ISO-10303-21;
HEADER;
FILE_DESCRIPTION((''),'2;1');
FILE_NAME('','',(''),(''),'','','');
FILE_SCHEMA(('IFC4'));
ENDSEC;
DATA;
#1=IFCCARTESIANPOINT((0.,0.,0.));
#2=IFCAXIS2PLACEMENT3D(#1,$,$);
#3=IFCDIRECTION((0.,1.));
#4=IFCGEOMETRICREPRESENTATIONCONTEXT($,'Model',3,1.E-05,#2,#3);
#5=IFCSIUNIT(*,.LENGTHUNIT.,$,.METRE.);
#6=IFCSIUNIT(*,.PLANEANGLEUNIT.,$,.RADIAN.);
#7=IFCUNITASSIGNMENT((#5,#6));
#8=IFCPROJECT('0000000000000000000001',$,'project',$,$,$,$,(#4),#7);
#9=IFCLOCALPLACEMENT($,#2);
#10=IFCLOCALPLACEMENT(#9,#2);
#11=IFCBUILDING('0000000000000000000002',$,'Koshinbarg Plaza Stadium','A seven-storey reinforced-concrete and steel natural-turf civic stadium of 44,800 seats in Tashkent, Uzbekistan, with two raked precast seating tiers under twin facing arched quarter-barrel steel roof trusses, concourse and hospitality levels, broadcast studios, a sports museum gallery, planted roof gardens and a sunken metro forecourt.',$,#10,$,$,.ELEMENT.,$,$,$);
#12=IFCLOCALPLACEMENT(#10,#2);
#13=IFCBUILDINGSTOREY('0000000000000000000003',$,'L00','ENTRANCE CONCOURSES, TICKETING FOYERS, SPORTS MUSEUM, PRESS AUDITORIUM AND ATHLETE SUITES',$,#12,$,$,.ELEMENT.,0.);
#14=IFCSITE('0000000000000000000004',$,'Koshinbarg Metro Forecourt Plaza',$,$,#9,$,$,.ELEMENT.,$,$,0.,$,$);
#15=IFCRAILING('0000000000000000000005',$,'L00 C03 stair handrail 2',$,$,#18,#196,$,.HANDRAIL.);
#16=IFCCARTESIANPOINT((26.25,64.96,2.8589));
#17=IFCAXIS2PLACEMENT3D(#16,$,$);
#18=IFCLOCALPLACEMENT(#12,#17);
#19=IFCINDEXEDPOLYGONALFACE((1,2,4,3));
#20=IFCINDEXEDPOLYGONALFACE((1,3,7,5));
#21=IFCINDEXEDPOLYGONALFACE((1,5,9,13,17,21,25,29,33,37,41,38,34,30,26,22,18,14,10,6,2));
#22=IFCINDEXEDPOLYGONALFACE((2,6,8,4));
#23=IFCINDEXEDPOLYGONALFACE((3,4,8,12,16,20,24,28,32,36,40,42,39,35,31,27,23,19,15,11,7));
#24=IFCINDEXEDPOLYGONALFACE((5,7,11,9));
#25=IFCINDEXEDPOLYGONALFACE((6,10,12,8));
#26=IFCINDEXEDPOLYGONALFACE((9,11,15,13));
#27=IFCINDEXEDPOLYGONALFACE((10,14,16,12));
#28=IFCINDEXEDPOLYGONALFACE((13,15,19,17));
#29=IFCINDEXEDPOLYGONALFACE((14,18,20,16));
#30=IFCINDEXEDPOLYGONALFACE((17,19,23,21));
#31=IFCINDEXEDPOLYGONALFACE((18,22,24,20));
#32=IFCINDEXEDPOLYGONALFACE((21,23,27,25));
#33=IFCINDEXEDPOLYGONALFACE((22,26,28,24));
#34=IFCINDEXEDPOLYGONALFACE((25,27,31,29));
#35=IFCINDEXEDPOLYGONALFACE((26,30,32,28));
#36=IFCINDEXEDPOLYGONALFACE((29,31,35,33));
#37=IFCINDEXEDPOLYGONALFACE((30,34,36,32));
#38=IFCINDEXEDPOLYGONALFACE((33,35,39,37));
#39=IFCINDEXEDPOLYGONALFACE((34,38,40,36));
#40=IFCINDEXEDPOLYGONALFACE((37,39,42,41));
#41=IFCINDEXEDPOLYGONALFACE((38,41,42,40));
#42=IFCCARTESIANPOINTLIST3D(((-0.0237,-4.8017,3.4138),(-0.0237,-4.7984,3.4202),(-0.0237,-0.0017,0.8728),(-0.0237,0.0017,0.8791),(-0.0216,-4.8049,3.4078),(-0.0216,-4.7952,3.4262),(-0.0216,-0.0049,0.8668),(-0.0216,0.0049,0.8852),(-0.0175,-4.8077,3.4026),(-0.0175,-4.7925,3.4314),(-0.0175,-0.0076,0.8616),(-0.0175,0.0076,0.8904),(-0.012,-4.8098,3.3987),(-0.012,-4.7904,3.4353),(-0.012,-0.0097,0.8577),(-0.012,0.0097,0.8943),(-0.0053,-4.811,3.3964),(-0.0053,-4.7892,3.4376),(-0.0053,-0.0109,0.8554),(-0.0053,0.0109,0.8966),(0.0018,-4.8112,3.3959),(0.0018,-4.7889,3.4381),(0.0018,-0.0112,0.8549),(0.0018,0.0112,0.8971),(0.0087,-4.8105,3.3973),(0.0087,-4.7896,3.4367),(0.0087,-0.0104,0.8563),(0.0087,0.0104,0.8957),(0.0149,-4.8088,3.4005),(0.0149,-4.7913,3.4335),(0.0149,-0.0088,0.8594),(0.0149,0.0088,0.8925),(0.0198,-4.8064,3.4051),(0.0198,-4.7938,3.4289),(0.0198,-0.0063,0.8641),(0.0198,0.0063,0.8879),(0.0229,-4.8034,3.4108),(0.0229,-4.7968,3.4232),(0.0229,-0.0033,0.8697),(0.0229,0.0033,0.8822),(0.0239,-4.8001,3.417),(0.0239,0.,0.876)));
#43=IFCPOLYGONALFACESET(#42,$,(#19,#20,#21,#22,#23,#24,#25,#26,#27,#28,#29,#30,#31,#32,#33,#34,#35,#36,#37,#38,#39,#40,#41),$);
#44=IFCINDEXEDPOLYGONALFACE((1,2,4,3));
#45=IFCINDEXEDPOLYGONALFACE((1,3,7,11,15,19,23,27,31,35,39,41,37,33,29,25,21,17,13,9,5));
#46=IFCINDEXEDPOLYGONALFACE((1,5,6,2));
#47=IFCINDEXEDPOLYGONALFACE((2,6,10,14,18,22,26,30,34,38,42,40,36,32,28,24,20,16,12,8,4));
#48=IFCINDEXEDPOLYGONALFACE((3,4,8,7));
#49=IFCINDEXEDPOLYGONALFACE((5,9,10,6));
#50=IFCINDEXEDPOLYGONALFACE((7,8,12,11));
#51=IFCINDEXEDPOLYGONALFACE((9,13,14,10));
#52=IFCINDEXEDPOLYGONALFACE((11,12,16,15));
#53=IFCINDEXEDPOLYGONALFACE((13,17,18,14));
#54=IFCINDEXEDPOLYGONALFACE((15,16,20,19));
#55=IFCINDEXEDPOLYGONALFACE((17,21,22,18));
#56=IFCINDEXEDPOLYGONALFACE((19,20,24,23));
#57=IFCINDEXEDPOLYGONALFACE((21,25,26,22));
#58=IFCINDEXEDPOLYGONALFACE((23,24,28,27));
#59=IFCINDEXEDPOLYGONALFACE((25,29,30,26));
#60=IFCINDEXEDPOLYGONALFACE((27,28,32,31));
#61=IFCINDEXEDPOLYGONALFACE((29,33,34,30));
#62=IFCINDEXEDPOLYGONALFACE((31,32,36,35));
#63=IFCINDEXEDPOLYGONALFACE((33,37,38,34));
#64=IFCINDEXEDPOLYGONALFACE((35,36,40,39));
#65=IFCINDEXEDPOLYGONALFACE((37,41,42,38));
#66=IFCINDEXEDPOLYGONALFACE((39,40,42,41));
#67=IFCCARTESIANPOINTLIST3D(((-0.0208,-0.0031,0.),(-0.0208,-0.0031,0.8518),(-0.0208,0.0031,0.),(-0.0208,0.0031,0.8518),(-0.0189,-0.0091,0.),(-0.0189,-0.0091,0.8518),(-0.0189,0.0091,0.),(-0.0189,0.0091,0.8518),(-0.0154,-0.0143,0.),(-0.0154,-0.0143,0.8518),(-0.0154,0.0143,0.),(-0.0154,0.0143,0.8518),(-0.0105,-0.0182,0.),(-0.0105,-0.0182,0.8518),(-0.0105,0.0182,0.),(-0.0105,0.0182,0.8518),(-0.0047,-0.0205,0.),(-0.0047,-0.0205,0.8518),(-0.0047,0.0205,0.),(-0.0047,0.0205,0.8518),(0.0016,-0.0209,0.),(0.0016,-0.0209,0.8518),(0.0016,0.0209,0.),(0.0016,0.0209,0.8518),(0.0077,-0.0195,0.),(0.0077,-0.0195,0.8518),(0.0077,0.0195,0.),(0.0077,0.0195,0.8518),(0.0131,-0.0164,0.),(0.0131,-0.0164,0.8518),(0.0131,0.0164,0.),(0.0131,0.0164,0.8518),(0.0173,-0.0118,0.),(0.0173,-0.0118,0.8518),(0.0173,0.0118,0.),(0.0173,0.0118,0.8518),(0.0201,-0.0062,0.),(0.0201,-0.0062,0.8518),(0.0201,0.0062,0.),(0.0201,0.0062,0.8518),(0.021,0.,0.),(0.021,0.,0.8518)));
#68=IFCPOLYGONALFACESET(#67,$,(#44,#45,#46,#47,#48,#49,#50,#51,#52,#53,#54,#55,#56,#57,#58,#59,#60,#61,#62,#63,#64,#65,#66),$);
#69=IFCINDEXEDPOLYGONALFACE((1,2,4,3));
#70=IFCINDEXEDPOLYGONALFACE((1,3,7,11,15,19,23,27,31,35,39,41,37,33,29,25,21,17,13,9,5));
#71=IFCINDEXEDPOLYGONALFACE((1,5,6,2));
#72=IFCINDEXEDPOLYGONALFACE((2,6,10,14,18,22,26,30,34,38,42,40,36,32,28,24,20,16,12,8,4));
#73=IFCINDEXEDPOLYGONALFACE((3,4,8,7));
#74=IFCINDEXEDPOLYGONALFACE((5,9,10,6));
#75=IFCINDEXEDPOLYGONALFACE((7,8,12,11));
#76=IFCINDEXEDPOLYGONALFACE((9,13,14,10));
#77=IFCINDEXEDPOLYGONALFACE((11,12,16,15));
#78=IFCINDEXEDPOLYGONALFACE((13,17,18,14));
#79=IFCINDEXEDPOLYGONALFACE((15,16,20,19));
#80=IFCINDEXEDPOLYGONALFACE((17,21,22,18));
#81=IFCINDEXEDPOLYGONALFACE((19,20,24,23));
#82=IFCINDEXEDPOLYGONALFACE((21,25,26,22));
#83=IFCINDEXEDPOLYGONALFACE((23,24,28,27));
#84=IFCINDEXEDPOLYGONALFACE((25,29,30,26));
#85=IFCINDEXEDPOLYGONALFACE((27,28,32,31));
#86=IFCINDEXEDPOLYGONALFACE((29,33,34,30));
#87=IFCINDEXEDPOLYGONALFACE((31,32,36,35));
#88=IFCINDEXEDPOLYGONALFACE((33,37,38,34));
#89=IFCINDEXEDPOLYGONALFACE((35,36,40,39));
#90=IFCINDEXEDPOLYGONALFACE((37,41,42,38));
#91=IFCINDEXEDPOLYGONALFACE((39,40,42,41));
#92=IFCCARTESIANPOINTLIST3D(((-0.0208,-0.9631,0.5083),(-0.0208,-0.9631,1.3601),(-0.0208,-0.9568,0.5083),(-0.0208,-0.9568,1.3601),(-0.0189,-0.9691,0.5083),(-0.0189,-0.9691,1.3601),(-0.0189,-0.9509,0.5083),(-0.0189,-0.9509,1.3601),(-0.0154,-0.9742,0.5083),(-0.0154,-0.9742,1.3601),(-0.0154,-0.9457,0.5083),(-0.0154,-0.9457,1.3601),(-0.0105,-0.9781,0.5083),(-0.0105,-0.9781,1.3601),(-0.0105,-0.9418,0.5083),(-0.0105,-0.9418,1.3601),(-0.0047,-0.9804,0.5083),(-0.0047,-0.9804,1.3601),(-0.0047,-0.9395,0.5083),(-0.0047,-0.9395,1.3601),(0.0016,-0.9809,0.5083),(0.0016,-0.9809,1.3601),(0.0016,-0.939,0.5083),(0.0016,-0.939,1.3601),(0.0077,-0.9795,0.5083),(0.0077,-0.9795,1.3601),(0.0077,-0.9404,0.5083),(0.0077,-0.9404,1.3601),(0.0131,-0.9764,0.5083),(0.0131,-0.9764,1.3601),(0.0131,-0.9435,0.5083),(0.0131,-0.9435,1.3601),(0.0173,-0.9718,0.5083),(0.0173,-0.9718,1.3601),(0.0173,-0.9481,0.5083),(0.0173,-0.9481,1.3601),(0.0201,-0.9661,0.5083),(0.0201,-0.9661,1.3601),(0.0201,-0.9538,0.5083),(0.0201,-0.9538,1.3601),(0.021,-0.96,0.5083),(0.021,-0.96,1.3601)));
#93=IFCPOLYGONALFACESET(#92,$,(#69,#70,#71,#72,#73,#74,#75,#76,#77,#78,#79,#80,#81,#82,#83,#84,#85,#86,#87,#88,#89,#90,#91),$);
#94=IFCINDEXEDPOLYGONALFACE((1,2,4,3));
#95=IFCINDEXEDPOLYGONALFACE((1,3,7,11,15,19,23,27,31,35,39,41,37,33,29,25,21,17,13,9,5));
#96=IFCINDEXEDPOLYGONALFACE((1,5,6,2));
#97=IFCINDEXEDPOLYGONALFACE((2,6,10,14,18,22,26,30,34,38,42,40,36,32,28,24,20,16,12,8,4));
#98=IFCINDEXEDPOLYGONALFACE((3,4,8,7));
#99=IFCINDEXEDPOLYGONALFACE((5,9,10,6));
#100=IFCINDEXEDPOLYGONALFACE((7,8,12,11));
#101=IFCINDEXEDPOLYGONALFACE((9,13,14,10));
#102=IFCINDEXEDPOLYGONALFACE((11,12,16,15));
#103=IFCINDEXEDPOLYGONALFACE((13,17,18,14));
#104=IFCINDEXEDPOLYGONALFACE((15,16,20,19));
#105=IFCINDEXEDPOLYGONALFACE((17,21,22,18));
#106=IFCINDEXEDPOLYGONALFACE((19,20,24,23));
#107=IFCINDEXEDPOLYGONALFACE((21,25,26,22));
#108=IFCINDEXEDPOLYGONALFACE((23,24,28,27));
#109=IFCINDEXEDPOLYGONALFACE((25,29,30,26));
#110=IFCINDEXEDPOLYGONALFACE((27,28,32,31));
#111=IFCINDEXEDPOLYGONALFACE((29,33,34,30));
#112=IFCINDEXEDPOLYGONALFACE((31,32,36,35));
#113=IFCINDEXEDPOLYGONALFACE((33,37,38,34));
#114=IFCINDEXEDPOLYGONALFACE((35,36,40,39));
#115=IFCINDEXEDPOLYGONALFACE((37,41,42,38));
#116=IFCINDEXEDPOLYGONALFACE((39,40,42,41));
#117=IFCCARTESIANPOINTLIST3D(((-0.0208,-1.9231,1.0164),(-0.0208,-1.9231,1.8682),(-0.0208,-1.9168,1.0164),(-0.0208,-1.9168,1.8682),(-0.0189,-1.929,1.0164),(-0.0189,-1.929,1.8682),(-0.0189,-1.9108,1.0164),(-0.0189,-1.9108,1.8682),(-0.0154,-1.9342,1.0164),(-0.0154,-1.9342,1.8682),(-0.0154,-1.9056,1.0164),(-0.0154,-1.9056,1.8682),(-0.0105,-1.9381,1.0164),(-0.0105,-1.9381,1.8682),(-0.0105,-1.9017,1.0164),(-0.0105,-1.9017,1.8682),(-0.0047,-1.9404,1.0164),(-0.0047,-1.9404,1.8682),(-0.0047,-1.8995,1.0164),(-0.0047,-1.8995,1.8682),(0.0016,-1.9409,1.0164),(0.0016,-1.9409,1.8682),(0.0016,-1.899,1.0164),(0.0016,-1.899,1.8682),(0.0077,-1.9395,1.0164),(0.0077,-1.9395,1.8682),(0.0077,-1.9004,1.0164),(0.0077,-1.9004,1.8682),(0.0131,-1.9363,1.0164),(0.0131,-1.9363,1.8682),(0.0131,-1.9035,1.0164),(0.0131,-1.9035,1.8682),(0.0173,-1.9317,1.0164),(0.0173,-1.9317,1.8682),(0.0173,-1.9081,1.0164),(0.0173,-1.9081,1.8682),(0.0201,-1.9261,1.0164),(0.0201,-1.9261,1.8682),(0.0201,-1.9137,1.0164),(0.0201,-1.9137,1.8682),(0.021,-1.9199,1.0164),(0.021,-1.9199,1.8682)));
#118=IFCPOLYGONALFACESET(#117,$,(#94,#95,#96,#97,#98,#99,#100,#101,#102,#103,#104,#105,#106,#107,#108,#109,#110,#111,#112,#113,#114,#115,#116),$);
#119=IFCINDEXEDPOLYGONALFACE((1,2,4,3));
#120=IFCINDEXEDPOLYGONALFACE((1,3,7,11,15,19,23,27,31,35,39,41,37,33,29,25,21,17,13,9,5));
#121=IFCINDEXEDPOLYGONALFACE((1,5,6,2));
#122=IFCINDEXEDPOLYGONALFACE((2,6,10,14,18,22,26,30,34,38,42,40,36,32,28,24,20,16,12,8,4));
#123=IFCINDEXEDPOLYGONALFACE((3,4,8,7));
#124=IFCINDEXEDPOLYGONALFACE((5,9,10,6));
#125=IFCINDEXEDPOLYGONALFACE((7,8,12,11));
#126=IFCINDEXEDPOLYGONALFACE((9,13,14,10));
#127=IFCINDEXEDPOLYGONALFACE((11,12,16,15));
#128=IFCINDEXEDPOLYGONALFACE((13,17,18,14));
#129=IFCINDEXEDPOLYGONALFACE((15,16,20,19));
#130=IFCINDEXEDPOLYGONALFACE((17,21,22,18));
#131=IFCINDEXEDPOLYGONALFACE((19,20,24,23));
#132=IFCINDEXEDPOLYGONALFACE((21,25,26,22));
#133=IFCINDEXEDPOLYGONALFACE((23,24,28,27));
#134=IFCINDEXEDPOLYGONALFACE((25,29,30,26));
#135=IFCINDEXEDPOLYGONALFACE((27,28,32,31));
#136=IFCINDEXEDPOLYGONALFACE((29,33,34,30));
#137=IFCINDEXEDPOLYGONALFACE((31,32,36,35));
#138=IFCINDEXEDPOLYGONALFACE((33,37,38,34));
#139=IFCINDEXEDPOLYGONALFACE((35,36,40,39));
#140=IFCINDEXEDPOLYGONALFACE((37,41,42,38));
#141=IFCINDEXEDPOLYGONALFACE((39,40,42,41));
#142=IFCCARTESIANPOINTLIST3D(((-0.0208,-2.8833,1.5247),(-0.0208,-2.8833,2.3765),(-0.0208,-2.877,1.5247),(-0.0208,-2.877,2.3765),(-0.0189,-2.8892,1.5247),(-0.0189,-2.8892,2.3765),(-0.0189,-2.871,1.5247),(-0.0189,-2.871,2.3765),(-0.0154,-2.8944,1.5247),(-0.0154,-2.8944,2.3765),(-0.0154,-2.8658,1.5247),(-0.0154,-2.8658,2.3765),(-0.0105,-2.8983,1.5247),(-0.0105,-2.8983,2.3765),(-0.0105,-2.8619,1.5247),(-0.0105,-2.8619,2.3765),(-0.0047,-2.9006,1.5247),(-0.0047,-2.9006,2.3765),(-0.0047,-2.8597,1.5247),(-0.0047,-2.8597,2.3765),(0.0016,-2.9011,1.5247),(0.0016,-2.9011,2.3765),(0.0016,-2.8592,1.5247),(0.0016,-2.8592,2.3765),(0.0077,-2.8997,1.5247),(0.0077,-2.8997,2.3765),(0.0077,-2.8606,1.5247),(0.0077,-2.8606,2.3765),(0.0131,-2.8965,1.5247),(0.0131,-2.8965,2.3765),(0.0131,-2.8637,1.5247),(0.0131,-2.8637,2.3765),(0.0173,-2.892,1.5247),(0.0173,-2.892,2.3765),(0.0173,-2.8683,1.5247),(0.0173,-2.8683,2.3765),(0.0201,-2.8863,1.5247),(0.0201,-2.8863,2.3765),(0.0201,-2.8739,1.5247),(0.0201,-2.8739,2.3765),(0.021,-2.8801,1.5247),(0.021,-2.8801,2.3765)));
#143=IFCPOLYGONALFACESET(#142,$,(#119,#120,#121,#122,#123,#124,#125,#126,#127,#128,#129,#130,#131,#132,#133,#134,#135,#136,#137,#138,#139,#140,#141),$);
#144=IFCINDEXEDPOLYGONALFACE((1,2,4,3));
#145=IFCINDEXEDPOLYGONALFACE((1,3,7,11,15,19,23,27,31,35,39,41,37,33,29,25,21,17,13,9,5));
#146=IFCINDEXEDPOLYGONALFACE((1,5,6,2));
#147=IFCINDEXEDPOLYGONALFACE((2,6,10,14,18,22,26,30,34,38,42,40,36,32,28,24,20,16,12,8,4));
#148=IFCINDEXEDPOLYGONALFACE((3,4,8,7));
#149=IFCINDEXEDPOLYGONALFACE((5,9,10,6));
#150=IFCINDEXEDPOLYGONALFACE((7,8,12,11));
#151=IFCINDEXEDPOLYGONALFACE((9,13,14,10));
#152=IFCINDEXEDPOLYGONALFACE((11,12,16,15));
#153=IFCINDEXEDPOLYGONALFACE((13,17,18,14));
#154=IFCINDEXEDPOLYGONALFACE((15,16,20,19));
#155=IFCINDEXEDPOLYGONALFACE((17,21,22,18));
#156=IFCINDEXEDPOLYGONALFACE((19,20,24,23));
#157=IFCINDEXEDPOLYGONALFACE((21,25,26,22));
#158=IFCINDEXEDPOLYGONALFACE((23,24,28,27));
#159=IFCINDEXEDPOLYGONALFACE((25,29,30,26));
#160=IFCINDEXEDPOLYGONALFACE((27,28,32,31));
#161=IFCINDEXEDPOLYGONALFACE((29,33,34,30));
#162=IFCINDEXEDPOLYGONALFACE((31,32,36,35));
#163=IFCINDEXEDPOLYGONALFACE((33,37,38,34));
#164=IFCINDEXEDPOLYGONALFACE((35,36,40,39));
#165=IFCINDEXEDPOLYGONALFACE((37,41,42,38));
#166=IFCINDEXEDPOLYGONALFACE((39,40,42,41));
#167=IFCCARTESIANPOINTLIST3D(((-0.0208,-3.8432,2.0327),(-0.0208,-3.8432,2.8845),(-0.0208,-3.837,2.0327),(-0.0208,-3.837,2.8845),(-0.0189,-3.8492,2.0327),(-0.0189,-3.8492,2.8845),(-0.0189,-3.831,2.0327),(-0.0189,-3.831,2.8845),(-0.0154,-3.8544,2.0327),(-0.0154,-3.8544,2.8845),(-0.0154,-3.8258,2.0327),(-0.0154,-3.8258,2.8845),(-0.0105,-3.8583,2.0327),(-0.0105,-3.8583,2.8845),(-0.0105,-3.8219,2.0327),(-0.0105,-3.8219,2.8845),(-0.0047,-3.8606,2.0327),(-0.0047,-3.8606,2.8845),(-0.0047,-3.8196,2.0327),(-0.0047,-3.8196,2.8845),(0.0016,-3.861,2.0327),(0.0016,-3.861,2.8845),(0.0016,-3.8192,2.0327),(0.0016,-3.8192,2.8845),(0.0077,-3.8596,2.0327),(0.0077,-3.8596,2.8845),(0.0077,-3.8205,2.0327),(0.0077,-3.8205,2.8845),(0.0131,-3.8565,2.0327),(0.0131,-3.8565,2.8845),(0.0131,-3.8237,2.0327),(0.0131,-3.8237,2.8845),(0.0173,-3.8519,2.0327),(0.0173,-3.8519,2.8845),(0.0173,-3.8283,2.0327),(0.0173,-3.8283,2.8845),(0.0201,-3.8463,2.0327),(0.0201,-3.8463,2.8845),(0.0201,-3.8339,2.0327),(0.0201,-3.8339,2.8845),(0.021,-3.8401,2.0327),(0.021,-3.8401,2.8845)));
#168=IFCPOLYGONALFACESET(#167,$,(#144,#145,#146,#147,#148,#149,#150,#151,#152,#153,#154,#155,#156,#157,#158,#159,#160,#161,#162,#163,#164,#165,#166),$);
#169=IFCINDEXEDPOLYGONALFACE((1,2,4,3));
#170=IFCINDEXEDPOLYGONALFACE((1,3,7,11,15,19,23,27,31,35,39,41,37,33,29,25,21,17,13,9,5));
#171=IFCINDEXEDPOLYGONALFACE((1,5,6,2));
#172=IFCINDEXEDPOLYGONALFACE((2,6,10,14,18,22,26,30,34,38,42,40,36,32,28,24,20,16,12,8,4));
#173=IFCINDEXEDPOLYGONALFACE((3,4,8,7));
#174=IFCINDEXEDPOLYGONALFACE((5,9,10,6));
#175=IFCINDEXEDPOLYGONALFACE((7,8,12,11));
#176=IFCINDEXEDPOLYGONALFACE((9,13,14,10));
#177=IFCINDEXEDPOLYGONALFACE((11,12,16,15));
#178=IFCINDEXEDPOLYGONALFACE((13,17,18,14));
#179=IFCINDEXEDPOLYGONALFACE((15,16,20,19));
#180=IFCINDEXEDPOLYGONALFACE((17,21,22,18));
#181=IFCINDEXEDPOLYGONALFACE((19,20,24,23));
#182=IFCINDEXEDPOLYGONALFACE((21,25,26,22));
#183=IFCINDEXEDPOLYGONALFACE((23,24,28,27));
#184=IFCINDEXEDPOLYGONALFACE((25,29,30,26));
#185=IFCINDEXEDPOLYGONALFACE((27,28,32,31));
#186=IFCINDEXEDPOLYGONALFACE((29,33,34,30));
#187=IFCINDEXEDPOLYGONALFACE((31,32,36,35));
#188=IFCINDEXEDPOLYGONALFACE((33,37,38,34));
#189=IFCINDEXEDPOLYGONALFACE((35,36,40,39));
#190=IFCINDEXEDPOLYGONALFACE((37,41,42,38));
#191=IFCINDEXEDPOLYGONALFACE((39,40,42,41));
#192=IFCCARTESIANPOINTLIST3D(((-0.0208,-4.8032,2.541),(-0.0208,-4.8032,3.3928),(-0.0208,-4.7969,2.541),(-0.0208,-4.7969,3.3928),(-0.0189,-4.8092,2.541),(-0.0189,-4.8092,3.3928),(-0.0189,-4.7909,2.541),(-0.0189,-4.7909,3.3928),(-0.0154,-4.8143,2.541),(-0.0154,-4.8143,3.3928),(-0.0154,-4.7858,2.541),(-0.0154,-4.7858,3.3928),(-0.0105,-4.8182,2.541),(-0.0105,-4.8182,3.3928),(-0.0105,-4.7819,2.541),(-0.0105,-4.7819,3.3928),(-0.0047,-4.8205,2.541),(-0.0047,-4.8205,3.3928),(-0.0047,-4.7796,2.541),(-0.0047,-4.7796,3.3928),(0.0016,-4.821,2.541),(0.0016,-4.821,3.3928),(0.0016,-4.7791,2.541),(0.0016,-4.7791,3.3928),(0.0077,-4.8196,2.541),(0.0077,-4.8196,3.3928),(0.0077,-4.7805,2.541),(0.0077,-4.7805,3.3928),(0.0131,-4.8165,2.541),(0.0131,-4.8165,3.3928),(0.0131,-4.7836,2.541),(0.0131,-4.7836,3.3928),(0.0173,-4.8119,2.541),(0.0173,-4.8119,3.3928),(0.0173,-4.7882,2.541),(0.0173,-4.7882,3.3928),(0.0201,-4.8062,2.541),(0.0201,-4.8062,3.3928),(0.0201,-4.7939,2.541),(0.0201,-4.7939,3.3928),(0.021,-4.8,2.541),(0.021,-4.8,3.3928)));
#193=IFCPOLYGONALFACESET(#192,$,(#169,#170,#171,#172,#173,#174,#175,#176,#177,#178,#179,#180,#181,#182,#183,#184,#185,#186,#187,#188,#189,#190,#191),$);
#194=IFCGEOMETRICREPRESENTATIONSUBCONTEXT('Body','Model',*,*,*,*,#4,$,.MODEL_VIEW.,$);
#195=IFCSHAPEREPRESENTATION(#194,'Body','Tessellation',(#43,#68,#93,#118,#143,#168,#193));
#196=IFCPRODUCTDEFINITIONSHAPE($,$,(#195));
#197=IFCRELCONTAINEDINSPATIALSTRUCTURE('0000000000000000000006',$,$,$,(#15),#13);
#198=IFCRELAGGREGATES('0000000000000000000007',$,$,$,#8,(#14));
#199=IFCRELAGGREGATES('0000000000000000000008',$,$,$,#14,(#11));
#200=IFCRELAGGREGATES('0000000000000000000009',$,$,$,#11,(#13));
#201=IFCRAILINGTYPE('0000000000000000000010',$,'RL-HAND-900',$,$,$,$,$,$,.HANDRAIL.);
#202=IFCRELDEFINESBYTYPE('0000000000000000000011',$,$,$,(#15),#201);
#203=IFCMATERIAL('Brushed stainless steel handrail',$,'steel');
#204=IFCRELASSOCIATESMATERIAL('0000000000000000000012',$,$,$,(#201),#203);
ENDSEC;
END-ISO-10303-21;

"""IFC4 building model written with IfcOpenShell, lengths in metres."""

from ifc_helpers import new_model, si_unit, direction, frame, origin, origin_2d, place, context, subcontext, project, spatial, circle, extrude, material, type_object, element, save


model = new_model("IFC4")

# Units and contexts
model_context = context("Model", 3, precision=1e-05, world=origin(), true_north=direction((0.0, 1.0)))
body_context = subcontext(model_context, "Body", "Model", "MODEL_VIEW")
ifc_project = project(units=[si_unit("LENGTHUNIT", "METRE"), si_unit("PLANEANGLEUNIT", "RADIAN")], contexts=[model_context])

# Site, building, storey
site_placement = place(None, origin())
site = spatial("IfcSite", under=ifc_project, at=site_placement, Name="Koshinbarg Metro Forecourt Plaza", CompositionType="ELEMENT", RefElevation=0.0)
building_placement = place(site_placement, origin())
building = spatial("IfcBuilding", under=site, at=building_placement, Name="Koshinbarg Plaza Stadium", Description="A seven-storey reinforced-concrete and steel natural-turf civic stadium of 44,800 seats in Tashkent, Uzbekistan, with two raked precast seating tiers under twin facing arched quarter-barrel steel roof trusses, concourse and hospitality levels, broadcast studios, a sports museum gallery, planted roof gardens and a sunken metro forecourt.", CompositionType="ELEMENT")
storey_placement = place(building_placement, origin())
storey = spatial("IfcBuildingStorey", under=building, at=storey_placement, Name="L00", Description="ENTRANCE CONCOURSES, TICKETING FOYERS, SPORTS MUSEUM, PRESS AUDITORIUM AND ATHLETE SUITES", CompositionType="ELEMENT", Elevation=0.0)

# Railing
ifc_material_1 = material(Name="Brushed stainless steel handrail", Category="steel")
railing_type_1 = type_object("IfcRailingType", Name="RL-HAND-900", PredefinedType="HANDRAIL", material=ifc_material_1)
railing_1_placement = place(storey_placement, frame((26.25, 64.96, 2.8589)))
element("IfcRailing", 1, at=railing_1_placement, inside=storey, type_object=railing_type_1, Name="L00 C03 stair handrail 2", PredefinedType="HANDRAIL", context=body_context, shape_type="SweptSolid", body=[
    extrude(circle(Radius=0.0239, at=origin_2d()), frame((0.0, 0.0, 0.876), z_axis=(0.0, -0.883802, 0.467861), x_axis=(1.0, 0.0, 0.0)), (0.0, 0.0, 1.0), 5.4312),
    extrude(circle(Radius=0.021, at=origin_2d()), origin(), (0.0, 0.0, 1.0), 0.8518),
    extrude(circle(Radius=0.021, at=origin_2d()), frame((0.0, -0.96, 0.5083)), (0.0, 0.0, 1.0), 0.8518),
    extrude(circle(Radius=0.021, at=origin_2d()), frame((0.0, -1.9199, 1.0164)), (0.0, 0.0, 1.0), 0.8518),
    extrude(circle(Radius=0.021, at=origin_2d()), frame((0.0, -2.8801, 1.5247)), (0.0, 0.0, 1.0), 0.8518),
    extrude(circle(Radius=0.021, at=origin_2d()), frame((0.0, -3.8401, 2.0327)), (0.0, 0.0, 1.0), 0.8518),
    extrude(circle(Radius=0.021, at=origin_2d()), frame((0.0, -4.8, 2.541)), (0.0, 0.0, 1.0), 0.8518),
])

save(model, "model.ifc")
